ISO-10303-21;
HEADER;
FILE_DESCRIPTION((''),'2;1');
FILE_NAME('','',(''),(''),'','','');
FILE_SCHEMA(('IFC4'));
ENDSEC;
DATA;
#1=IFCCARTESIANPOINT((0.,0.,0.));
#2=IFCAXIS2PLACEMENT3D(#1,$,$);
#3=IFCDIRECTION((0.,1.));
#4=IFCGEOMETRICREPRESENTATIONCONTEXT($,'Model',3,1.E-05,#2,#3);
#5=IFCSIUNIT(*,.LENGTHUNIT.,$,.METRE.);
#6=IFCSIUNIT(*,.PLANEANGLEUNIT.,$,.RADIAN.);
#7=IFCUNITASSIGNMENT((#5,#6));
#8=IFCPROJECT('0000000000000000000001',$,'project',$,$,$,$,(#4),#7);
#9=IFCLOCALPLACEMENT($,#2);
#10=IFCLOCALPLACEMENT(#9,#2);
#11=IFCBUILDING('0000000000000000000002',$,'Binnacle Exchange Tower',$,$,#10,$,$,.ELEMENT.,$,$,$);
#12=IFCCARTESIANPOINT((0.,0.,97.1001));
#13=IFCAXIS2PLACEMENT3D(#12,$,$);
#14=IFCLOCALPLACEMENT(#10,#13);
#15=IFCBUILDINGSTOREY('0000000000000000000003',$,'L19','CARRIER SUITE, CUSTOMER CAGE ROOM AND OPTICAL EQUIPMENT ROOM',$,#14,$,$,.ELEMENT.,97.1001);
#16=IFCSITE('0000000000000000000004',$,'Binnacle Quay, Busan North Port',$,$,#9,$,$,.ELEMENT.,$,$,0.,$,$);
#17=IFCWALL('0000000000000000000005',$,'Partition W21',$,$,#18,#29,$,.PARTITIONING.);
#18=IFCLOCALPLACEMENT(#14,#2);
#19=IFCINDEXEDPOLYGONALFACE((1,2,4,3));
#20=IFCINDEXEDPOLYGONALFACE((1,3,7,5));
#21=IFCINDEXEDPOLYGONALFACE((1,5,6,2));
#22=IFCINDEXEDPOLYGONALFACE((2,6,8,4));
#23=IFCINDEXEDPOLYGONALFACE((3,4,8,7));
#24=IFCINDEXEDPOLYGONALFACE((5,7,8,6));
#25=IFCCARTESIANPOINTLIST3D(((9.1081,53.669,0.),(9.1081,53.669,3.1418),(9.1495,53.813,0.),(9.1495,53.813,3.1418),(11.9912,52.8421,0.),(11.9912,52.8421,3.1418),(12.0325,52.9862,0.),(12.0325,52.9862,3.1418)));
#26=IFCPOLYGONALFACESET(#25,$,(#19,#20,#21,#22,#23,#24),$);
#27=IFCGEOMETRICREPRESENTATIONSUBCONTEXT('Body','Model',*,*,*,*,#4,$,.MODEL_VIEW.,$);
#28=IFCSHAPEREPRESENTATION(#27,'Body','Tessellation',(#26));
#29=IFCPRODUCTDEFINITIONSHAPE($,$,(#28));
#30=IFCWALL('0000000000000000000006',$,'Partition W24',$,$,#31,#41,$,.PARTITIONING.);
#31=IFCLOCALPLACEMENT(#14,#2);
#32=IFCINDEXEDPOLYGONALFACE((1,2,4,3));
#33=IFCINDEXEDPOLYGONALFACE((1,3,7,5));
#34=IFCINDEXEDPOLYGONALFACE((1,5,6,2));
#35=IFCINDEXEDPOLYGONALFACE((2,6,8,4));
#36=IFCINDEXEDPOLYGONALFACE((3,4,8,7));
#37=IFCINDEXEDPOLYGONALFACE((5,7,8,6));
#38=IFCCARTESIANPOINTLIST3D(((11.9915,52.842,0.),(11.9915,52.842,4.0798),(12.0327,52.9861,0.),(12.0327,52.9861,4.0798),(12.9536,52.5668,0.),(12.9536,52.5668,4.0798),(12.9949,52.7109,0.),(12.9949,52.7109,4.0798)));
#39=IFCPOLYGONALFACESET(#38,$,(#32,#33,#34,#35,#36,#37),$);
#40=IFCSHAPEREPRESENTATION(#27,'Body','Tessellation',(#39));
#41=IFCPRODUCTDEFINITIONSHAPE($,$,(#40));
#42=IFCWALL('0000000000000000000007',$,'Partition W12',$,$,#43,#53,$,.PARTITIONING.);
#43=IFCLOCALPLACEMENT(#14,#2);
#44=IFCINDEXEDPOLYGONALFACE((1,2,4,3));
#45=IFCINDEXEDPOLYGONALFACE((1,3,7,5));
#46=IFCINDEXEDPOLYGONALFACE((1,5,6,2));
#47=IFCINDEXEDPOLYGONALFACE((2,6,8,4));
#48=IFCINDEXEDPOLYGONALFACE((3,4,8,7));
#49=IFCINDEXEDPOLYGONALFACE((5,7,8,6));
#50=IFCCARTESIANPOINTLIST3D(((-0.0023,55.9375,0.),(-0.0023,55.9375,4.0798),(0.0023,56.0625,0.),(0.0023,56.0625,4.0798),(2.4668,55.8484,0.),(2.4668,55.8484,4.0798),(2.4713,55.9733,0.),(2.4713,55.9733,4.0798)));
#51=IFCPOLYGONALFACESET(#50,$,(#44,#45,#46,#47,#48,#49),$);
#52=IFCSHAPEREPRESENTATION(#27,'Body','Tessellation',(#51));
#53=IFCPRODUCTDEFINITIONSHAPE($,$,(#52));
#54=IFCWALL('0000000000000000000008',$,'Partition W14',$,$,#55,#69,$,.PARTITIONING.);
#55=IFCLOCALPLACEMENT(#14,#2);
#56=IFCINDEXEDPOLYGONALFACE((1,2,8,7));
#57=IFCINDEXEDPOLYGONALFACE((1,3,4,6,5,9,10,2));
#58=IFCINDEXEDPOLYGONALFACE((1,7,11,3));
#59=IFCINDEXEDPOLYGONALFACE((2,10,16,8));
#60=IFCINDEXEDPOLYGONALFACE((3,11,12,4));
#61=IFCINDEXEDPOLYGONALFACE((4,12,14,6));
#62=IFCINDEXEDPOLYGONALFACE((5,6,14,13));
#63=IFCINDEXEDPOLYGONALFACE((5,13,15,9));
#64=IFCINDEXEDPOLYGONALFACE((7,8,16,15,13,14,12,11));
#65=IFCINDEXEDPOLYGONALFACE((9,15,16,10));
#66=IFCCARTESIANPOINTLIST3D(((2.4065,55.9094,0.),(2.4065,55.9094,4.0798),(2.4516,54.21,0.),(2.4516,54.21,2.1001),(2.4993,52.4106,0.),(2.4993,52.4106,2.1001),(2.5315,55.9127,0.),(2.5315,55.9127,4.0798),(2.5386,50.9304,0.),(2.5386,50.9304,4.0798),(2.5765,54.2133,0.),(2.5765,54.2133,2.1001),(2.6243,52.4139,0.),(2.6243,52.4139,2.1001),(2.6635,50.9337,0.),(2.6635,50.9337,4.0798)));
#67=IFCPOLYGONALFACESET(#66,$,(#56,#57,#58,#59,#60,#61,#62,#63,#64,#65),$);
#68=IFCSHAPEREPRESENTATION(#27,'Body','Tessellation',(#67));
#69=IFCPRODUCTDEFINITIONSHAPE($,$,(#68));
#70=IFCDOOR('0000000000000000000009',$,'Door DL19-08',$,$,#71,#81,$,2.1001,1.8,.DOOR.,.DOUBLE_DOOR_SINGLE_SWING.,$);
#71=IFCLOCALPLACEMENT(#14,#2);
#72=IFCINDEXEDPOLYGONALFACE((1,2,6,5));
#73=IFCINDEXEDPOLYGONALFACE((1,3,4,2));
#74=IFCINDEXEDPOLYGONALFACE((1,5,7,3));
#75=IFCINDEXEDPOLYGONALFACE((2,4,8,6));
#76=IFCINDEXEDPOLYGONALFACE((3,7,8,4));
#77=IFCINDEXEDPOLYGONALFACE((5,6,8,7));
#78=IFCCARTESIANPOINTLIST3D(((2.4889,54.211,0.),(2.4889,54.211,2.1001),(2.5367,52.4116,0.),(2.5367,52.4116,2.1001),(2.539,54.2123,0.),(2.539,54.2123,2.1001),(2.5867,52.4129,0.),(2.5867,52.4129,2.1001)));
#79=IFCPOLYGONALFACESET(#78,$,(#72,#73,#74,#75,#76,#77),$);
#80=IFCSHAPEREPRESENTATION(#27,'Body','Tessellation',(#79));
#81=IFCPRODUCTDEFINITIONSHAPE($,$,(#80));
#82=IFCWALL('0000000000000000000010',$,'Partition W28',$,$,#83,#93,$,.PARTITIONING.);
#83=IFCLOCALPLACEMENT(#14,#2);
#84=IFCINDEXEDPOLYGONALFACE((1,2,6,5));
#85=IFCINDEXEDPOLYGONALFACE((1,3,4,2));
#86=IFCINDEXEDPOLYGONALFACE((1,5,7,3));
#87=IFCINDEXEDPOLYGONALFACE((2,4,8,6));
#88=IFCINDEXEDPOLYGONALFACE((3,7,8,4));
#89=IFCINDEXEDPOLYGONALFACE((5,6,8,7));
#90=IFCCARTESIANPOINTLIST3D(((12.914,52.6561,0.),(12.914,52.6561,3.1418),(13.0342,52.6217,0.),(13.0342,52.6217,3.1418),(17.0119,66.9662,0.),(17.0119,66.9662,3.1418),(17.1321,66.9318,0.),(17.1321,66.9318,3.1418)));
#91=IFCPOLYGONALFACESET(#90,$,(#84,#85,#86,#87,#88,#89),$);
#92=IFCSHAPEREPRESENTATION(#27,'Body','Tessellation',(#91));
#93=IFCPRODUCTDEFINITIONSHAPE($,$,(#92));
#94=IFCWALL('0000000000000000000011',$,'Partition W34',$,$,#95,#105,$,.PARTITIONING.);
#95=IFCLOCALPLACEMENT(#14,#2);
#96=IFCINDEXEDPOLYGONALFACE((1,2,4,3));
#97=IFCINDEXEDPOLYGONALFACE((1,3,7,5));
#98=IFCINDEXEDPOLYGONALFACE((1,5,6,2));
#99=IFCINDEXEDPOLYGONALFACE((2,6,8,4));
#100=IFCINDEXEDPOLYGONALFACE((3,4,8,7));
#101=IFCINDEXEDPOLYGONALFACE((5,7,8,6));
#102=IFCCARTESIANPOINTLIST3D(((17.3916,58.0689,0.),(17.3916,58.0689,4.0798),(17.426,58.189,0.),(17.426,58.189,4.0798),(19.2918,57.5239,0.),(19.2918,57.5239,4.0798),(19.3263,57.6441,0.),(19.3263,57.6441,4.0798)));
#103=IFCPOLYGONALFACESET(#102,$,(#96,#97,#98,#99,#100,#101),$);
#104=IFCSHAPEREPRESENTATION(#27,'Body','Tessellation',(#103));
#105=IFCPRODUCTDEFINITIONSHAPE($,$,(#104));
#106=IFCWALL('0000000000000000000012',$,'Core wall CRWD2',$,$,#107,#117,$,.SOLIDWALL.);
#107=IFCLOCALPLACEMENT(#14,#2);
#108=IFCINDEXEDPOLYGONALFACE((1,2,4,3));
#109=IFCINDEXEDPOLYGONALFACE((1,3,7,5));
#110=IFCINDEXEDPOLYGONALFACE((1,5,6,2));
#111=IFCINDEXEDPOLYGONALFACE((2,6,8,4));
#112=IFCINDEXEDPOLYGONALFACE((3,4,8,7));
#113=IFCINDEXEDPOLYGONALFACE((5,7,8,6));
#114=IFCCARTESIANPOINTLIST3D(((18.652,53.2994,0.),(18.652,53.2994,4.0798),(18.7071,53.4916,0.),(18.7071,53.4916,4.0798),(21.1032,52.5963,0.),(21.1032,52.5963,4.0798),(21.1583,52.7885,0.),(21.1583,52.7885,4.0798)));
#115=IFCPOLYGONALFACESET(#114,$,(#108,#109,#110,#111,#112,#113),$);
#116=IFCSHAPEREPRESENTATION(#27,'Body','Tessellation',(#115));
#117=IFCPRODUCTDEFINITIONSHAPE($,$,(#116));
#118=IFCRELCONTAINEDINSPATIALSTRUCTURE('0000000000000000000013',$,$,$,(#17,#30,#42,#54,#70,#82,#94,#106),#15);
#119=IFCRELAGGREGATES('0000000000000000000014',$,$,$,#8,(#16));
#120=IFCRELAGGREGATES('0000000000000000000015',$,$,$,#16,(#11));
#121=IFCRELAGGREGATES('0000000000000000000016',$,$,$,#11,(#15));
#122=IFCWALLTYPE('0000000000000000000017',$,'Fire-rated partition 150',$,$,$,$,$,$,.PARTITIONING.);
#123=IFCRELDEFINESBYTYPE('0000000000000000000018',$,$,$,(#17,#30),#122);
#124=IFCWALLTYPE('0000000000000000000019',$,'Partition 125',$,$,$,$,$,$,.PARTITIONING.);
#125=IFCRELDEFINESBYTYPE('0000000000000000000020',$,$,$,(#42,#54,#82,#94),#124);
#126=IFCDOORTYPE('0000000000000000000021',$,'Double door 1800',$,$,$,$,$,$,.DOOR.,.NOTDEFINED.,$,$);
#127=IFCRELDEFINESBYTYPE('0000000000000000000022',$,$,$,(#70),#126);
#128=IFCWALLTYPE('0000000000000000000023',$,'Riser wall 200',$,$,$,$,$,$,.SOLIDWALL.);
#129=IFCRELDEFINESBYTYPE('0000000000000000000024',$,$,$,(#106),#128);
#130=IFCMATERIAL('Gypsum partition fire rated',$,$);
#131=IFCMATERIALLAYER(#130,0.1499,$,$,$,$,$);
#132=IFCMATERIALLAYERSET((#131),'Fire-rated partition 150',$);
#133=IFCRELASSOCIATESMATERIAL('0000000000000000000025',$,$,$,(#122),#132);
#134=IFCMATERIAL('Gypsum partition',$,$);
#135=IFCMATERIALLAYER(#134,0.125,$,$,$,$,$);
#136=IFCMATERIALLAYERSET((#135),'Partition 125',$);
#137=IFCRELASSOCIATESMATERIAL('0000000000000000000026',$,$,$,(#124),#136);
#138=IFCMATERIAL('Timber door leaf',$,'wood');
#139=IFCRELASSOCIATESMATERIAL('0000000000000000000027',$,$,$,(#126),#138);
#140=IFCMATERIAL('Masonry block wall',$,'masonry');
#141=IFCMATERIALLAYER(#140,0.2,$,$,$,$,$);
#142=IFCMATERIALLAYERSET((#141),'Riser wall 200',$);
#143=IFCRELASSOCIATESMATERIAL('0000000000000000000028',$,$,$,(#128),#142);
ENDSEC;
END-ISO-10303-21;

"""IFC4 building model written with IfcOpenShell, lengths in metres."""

from ifc_helpers import new_model, si_unit, direction, frame, frame_2d, origin, place, context, subcontext, project, spatial, rectangle, extrude, material, layer, layer_set, type_object, element, fill, save


model = new_model("IFC4")

# Units and contexts
model_context = context("Model", 3, precision=1e-05, world=origin(), true_north=direction((0.0, 1.0)))
body_context = subcontext(model_context, "Body", "Model", "MODEL_VIEW")
ifc_project = project(units=[si_unit("LENGTHUNIT", "METRE"), si_unit("PLANEANGLEUNIT", "RADIAN")], contexts=[model_context])

# Site, building, storey
site_placement = place(None, origin())
site = spatial("IfcSite", under=ifc_project, at=site_placement, Name="Binnacle Quay, Busan North Port", CompositionType="ELEMENT", RefElevation=0.0)
building_placement = place(site_placement, origin())
building = spatial("IfcBuilding", under=site, at=building_placement, Name="Binnacle Exchange Tower", CompositionType="ELEMENT")
storey_placement = place(building_placement, frame((0.0, 0.0, 97.1001)))
storey = spatial("IfcBuildingStorey", under=building, at=storey_placement, Name="L19", Description="CARRIER SUITE, CUSTOMER CAGE ROOM AND OPTICAL EQUIPMENT ROOM", CompositionType="ELEMENT", Elevation=97.1001)

# Walls
ifc_material_1 = material(Name="Gypsum partition fire rated")
ifc_layer_1 = layer(ifc_material_1, 0.1499)
ifc_layer_set_1 = layer_set([ifc_layer_1], Name="Fire-rated partition 150")
wall_type_1 = type_object("IfcWallType", Name="Fire-rated partition 150", PredefinedType="PARTITIONING", material=ifc_layer_set_1)
wall_1_placement = place(storey_placement, frame((9.1289, 53.741, 0.0), z_axis=(0.0, 0.0, 1.0), x_axis=(0.961244, -0.275699, 0.0)))
element("IfcWall", 1, at=wall_1_placement, inside=storey, type_object=wall_type_1, Name="Partition W21", PredefinedType="PARTITIONING", context=body_context, shape_type="SweptSolid", body=[
    extrude(rectangle(XDim=2.9993, YDim=0.1499, at=frame_2d((1.4995, 0.0))), origin(), (0.0, 0.0, 1.0), 3.1418),
])
wall_2_placement = place(storey_placement, frame((12.012, 52.9141, 0.0), z_axis=(0.0, 0.0, 1.0), x_axis=(0.961459, -0.274947, 0.0)))
element("IfcWall", 2, at=wall_2_placement, inside=storey, type_object=wall_type_1, Name="Partition W24", PredefinedType="PARTITIONING", context=body_context, shape_type="SweptSolid", body=[
    extrude(rectangle(XDim=1.0007, YDim=0.1499, at=frame_2d((0.5005, 0.0))), origin(), (0.0, 0.0, 1.0), 4.0798),
])
ifc_material_2 = material(Name="Gypsum partition")
ifc_layer_2 = layer(ifc_material_2, 0.125)
ifc_layer_set_2 = layer_set([ifc_layer_2], Name="Partition 125")
wall_type_2 = type_object("IfcWallType", Name="Partition 125", PredefinedType="PARTITIONING", material=ifc_layer_set_2)
wall_3_placement = place(storey_placement, frame((0.0, 56.0, 0.0), z_axis=(0.0, 0.0, 1.0), x_axis=(0.999349, -0.036069, 0.0)))
element("IfcWall", 3, at=wall_3_placement, inside=storey, type_object=wall_type_2, Name="Partition W12", PredefinedType="PARTITIONING", context=body_context, shape_type="SweptSolid", body=[
    extrude(rectangle(XDim=2.4707, YDim=0.125, at=frame_2d((1.2354, 0.0))), origin(), (0.0, 0.0, 1.0), 4.0798),
])

# Wall, opening, door
wall_4_placement = place(storey_placement, frame((2.469, 55.9109, 0.0), z_axis=(0.0, 0.0, 1.0), x_axis=(0.026518, -0.999648, 0.0)))
wall_4 = element("IfcWall", 4, at=wall_4_placement, inside=storey, type_object=wall_type_2, Name="Partition W14", PredefinedType="PARTITIONING", context=body_context, shape_type="SweptSolid", body=[
    extrude(rectangle(XDim=4.9807, YDim=0.125, at=frame_2d((2.4902, 0.0))), origin(), (0.0, 0.0, 1.0), 4.0798),
])
opening_1_placement = place(wall_4_placement, frame((1.7, 0.0, 0.0)))
opening_1 = element("IfcOpeningElement", 5, at=opening_1_placement, cuts=wall_4, PredefinedType="OPENING", context=body_context, shape_type="SweptSolid", body=[
    extrude(rectangle(XDim=1.8, YDim=2.1001, at=frame_2d((0.8999, 1.05))), frame((0.0, 0.0725, 0.0), z_axis=(0.0, -1.0, 0.0), x_axis=(1.0, 0.0, 0.0)), (0.0, 0.0, 1.0), 0.145),
])
ifc_material_3 = material(Name="Timber door leaf", Category="wood")
door_type = type_object("IfcDoorType", Name="Double door 1800", OperationType="NOTDEFINED", PredefinedType="DOOR", material=ifc_material_3)
door_placement = place(opening_1_placement, origin())
door = element("IfcDoor", 6, at=door_placement, inside=storey, type_object=door_type, Name="Door DL19-08", OperationType="DOUBLE_DOOR_SINGLE_SWING", OverallHeight=2.1001, OverallWidth=1.8, PredefinedType="DOOR", context=body_context, shape_type="SweptSolid", body=[
    extrude(rectangle(XDim=1.8, YDim=2.1001, at=frame_2d((0.8999, 1.05))), frame((0.0, 0.0249, 0.0), z_axis=(0.0, -1.0, 0.0), x_axis=(1.0, 0.0, 0.0)), (0.0, 0.0, 1.0), 0.05),
])
fill(opening_1, door)

# Walls
wall_5_placement = place(storey_placement, frame((12.9741, 52.6389, 0.0), z_axis=(0.0, 0.0, 1.0), x_axis=(0.275299, 0.961359, 0.0)))
element("IfcWall", 7, at=wall_5_placement, inside=storey, type_object=wall_type_2, Name="Partition W28", PredefinedType="PARTITIONING", context=body_context, shape_type="SweptSolid", body=[
    extrude(rectangle(XDim=14.8853, YDim=0.125, at=frame_2d((7.4426, 0.0))), origin(), (0.0, 0.0, 1.0), 3.1418),
])
wall_6_placement = place(storey_placement, frame((17.4089, 58.1289, 0.0), z_axis=(0.0, 0.0, 1.0), x_axis=(0.961253, -0.275667, 0.0)))
element("IfcWall", 8, at=wall_6_placement, inside=storey, type_object=wall_type_2, Name="Partition W34", PredefinedType="PARTITIONING", context=body_context, shape_type="SweptSolid", body=[
    extrude(rectangle(XDim=1.9768, YDim=0.125, at=frame_2d((0.9883, 0.0))), origin(), (0.0, 0.0, 1.0), 4.0798),
])
ifc_material_4 = material(Name="Masonry block wall", Category="masonry")
ifc_layer_3 = layer(ifc_material_4, 0.2)
ifc_layer_set_3 = layer_set([ifc_layer_3], Name="Riser wall 200")
wall_type_3 = type_object("IfcWallType", Name="Riser wall 200", PredefinedType="SOLIDWALL", material=ifc_layer_set_3)
wall_7_placement = place(storey_placement, frame((18.6797, 53.3955, 0.0), z_axis=(0.0, 0.0, 1.0), x_axis=(0.961234, -0.275733, 0.0)))
element("IfcWall", 9, at=wall_7_placement, inside=storey, type_object=wall_type_3, Name="Core wall CRWD2", PredefinedType="SOLIDWALL", context=body_context, shape_type="SweptSolid", body=[
    extrude(rectangle(XDim=2.55, YDim=0.2, at=frame_2d((1.2749, 0.0))), origin(), (0.0, 0.0, 1.0), 4.0798),
])

save(model, "model.ifc")
